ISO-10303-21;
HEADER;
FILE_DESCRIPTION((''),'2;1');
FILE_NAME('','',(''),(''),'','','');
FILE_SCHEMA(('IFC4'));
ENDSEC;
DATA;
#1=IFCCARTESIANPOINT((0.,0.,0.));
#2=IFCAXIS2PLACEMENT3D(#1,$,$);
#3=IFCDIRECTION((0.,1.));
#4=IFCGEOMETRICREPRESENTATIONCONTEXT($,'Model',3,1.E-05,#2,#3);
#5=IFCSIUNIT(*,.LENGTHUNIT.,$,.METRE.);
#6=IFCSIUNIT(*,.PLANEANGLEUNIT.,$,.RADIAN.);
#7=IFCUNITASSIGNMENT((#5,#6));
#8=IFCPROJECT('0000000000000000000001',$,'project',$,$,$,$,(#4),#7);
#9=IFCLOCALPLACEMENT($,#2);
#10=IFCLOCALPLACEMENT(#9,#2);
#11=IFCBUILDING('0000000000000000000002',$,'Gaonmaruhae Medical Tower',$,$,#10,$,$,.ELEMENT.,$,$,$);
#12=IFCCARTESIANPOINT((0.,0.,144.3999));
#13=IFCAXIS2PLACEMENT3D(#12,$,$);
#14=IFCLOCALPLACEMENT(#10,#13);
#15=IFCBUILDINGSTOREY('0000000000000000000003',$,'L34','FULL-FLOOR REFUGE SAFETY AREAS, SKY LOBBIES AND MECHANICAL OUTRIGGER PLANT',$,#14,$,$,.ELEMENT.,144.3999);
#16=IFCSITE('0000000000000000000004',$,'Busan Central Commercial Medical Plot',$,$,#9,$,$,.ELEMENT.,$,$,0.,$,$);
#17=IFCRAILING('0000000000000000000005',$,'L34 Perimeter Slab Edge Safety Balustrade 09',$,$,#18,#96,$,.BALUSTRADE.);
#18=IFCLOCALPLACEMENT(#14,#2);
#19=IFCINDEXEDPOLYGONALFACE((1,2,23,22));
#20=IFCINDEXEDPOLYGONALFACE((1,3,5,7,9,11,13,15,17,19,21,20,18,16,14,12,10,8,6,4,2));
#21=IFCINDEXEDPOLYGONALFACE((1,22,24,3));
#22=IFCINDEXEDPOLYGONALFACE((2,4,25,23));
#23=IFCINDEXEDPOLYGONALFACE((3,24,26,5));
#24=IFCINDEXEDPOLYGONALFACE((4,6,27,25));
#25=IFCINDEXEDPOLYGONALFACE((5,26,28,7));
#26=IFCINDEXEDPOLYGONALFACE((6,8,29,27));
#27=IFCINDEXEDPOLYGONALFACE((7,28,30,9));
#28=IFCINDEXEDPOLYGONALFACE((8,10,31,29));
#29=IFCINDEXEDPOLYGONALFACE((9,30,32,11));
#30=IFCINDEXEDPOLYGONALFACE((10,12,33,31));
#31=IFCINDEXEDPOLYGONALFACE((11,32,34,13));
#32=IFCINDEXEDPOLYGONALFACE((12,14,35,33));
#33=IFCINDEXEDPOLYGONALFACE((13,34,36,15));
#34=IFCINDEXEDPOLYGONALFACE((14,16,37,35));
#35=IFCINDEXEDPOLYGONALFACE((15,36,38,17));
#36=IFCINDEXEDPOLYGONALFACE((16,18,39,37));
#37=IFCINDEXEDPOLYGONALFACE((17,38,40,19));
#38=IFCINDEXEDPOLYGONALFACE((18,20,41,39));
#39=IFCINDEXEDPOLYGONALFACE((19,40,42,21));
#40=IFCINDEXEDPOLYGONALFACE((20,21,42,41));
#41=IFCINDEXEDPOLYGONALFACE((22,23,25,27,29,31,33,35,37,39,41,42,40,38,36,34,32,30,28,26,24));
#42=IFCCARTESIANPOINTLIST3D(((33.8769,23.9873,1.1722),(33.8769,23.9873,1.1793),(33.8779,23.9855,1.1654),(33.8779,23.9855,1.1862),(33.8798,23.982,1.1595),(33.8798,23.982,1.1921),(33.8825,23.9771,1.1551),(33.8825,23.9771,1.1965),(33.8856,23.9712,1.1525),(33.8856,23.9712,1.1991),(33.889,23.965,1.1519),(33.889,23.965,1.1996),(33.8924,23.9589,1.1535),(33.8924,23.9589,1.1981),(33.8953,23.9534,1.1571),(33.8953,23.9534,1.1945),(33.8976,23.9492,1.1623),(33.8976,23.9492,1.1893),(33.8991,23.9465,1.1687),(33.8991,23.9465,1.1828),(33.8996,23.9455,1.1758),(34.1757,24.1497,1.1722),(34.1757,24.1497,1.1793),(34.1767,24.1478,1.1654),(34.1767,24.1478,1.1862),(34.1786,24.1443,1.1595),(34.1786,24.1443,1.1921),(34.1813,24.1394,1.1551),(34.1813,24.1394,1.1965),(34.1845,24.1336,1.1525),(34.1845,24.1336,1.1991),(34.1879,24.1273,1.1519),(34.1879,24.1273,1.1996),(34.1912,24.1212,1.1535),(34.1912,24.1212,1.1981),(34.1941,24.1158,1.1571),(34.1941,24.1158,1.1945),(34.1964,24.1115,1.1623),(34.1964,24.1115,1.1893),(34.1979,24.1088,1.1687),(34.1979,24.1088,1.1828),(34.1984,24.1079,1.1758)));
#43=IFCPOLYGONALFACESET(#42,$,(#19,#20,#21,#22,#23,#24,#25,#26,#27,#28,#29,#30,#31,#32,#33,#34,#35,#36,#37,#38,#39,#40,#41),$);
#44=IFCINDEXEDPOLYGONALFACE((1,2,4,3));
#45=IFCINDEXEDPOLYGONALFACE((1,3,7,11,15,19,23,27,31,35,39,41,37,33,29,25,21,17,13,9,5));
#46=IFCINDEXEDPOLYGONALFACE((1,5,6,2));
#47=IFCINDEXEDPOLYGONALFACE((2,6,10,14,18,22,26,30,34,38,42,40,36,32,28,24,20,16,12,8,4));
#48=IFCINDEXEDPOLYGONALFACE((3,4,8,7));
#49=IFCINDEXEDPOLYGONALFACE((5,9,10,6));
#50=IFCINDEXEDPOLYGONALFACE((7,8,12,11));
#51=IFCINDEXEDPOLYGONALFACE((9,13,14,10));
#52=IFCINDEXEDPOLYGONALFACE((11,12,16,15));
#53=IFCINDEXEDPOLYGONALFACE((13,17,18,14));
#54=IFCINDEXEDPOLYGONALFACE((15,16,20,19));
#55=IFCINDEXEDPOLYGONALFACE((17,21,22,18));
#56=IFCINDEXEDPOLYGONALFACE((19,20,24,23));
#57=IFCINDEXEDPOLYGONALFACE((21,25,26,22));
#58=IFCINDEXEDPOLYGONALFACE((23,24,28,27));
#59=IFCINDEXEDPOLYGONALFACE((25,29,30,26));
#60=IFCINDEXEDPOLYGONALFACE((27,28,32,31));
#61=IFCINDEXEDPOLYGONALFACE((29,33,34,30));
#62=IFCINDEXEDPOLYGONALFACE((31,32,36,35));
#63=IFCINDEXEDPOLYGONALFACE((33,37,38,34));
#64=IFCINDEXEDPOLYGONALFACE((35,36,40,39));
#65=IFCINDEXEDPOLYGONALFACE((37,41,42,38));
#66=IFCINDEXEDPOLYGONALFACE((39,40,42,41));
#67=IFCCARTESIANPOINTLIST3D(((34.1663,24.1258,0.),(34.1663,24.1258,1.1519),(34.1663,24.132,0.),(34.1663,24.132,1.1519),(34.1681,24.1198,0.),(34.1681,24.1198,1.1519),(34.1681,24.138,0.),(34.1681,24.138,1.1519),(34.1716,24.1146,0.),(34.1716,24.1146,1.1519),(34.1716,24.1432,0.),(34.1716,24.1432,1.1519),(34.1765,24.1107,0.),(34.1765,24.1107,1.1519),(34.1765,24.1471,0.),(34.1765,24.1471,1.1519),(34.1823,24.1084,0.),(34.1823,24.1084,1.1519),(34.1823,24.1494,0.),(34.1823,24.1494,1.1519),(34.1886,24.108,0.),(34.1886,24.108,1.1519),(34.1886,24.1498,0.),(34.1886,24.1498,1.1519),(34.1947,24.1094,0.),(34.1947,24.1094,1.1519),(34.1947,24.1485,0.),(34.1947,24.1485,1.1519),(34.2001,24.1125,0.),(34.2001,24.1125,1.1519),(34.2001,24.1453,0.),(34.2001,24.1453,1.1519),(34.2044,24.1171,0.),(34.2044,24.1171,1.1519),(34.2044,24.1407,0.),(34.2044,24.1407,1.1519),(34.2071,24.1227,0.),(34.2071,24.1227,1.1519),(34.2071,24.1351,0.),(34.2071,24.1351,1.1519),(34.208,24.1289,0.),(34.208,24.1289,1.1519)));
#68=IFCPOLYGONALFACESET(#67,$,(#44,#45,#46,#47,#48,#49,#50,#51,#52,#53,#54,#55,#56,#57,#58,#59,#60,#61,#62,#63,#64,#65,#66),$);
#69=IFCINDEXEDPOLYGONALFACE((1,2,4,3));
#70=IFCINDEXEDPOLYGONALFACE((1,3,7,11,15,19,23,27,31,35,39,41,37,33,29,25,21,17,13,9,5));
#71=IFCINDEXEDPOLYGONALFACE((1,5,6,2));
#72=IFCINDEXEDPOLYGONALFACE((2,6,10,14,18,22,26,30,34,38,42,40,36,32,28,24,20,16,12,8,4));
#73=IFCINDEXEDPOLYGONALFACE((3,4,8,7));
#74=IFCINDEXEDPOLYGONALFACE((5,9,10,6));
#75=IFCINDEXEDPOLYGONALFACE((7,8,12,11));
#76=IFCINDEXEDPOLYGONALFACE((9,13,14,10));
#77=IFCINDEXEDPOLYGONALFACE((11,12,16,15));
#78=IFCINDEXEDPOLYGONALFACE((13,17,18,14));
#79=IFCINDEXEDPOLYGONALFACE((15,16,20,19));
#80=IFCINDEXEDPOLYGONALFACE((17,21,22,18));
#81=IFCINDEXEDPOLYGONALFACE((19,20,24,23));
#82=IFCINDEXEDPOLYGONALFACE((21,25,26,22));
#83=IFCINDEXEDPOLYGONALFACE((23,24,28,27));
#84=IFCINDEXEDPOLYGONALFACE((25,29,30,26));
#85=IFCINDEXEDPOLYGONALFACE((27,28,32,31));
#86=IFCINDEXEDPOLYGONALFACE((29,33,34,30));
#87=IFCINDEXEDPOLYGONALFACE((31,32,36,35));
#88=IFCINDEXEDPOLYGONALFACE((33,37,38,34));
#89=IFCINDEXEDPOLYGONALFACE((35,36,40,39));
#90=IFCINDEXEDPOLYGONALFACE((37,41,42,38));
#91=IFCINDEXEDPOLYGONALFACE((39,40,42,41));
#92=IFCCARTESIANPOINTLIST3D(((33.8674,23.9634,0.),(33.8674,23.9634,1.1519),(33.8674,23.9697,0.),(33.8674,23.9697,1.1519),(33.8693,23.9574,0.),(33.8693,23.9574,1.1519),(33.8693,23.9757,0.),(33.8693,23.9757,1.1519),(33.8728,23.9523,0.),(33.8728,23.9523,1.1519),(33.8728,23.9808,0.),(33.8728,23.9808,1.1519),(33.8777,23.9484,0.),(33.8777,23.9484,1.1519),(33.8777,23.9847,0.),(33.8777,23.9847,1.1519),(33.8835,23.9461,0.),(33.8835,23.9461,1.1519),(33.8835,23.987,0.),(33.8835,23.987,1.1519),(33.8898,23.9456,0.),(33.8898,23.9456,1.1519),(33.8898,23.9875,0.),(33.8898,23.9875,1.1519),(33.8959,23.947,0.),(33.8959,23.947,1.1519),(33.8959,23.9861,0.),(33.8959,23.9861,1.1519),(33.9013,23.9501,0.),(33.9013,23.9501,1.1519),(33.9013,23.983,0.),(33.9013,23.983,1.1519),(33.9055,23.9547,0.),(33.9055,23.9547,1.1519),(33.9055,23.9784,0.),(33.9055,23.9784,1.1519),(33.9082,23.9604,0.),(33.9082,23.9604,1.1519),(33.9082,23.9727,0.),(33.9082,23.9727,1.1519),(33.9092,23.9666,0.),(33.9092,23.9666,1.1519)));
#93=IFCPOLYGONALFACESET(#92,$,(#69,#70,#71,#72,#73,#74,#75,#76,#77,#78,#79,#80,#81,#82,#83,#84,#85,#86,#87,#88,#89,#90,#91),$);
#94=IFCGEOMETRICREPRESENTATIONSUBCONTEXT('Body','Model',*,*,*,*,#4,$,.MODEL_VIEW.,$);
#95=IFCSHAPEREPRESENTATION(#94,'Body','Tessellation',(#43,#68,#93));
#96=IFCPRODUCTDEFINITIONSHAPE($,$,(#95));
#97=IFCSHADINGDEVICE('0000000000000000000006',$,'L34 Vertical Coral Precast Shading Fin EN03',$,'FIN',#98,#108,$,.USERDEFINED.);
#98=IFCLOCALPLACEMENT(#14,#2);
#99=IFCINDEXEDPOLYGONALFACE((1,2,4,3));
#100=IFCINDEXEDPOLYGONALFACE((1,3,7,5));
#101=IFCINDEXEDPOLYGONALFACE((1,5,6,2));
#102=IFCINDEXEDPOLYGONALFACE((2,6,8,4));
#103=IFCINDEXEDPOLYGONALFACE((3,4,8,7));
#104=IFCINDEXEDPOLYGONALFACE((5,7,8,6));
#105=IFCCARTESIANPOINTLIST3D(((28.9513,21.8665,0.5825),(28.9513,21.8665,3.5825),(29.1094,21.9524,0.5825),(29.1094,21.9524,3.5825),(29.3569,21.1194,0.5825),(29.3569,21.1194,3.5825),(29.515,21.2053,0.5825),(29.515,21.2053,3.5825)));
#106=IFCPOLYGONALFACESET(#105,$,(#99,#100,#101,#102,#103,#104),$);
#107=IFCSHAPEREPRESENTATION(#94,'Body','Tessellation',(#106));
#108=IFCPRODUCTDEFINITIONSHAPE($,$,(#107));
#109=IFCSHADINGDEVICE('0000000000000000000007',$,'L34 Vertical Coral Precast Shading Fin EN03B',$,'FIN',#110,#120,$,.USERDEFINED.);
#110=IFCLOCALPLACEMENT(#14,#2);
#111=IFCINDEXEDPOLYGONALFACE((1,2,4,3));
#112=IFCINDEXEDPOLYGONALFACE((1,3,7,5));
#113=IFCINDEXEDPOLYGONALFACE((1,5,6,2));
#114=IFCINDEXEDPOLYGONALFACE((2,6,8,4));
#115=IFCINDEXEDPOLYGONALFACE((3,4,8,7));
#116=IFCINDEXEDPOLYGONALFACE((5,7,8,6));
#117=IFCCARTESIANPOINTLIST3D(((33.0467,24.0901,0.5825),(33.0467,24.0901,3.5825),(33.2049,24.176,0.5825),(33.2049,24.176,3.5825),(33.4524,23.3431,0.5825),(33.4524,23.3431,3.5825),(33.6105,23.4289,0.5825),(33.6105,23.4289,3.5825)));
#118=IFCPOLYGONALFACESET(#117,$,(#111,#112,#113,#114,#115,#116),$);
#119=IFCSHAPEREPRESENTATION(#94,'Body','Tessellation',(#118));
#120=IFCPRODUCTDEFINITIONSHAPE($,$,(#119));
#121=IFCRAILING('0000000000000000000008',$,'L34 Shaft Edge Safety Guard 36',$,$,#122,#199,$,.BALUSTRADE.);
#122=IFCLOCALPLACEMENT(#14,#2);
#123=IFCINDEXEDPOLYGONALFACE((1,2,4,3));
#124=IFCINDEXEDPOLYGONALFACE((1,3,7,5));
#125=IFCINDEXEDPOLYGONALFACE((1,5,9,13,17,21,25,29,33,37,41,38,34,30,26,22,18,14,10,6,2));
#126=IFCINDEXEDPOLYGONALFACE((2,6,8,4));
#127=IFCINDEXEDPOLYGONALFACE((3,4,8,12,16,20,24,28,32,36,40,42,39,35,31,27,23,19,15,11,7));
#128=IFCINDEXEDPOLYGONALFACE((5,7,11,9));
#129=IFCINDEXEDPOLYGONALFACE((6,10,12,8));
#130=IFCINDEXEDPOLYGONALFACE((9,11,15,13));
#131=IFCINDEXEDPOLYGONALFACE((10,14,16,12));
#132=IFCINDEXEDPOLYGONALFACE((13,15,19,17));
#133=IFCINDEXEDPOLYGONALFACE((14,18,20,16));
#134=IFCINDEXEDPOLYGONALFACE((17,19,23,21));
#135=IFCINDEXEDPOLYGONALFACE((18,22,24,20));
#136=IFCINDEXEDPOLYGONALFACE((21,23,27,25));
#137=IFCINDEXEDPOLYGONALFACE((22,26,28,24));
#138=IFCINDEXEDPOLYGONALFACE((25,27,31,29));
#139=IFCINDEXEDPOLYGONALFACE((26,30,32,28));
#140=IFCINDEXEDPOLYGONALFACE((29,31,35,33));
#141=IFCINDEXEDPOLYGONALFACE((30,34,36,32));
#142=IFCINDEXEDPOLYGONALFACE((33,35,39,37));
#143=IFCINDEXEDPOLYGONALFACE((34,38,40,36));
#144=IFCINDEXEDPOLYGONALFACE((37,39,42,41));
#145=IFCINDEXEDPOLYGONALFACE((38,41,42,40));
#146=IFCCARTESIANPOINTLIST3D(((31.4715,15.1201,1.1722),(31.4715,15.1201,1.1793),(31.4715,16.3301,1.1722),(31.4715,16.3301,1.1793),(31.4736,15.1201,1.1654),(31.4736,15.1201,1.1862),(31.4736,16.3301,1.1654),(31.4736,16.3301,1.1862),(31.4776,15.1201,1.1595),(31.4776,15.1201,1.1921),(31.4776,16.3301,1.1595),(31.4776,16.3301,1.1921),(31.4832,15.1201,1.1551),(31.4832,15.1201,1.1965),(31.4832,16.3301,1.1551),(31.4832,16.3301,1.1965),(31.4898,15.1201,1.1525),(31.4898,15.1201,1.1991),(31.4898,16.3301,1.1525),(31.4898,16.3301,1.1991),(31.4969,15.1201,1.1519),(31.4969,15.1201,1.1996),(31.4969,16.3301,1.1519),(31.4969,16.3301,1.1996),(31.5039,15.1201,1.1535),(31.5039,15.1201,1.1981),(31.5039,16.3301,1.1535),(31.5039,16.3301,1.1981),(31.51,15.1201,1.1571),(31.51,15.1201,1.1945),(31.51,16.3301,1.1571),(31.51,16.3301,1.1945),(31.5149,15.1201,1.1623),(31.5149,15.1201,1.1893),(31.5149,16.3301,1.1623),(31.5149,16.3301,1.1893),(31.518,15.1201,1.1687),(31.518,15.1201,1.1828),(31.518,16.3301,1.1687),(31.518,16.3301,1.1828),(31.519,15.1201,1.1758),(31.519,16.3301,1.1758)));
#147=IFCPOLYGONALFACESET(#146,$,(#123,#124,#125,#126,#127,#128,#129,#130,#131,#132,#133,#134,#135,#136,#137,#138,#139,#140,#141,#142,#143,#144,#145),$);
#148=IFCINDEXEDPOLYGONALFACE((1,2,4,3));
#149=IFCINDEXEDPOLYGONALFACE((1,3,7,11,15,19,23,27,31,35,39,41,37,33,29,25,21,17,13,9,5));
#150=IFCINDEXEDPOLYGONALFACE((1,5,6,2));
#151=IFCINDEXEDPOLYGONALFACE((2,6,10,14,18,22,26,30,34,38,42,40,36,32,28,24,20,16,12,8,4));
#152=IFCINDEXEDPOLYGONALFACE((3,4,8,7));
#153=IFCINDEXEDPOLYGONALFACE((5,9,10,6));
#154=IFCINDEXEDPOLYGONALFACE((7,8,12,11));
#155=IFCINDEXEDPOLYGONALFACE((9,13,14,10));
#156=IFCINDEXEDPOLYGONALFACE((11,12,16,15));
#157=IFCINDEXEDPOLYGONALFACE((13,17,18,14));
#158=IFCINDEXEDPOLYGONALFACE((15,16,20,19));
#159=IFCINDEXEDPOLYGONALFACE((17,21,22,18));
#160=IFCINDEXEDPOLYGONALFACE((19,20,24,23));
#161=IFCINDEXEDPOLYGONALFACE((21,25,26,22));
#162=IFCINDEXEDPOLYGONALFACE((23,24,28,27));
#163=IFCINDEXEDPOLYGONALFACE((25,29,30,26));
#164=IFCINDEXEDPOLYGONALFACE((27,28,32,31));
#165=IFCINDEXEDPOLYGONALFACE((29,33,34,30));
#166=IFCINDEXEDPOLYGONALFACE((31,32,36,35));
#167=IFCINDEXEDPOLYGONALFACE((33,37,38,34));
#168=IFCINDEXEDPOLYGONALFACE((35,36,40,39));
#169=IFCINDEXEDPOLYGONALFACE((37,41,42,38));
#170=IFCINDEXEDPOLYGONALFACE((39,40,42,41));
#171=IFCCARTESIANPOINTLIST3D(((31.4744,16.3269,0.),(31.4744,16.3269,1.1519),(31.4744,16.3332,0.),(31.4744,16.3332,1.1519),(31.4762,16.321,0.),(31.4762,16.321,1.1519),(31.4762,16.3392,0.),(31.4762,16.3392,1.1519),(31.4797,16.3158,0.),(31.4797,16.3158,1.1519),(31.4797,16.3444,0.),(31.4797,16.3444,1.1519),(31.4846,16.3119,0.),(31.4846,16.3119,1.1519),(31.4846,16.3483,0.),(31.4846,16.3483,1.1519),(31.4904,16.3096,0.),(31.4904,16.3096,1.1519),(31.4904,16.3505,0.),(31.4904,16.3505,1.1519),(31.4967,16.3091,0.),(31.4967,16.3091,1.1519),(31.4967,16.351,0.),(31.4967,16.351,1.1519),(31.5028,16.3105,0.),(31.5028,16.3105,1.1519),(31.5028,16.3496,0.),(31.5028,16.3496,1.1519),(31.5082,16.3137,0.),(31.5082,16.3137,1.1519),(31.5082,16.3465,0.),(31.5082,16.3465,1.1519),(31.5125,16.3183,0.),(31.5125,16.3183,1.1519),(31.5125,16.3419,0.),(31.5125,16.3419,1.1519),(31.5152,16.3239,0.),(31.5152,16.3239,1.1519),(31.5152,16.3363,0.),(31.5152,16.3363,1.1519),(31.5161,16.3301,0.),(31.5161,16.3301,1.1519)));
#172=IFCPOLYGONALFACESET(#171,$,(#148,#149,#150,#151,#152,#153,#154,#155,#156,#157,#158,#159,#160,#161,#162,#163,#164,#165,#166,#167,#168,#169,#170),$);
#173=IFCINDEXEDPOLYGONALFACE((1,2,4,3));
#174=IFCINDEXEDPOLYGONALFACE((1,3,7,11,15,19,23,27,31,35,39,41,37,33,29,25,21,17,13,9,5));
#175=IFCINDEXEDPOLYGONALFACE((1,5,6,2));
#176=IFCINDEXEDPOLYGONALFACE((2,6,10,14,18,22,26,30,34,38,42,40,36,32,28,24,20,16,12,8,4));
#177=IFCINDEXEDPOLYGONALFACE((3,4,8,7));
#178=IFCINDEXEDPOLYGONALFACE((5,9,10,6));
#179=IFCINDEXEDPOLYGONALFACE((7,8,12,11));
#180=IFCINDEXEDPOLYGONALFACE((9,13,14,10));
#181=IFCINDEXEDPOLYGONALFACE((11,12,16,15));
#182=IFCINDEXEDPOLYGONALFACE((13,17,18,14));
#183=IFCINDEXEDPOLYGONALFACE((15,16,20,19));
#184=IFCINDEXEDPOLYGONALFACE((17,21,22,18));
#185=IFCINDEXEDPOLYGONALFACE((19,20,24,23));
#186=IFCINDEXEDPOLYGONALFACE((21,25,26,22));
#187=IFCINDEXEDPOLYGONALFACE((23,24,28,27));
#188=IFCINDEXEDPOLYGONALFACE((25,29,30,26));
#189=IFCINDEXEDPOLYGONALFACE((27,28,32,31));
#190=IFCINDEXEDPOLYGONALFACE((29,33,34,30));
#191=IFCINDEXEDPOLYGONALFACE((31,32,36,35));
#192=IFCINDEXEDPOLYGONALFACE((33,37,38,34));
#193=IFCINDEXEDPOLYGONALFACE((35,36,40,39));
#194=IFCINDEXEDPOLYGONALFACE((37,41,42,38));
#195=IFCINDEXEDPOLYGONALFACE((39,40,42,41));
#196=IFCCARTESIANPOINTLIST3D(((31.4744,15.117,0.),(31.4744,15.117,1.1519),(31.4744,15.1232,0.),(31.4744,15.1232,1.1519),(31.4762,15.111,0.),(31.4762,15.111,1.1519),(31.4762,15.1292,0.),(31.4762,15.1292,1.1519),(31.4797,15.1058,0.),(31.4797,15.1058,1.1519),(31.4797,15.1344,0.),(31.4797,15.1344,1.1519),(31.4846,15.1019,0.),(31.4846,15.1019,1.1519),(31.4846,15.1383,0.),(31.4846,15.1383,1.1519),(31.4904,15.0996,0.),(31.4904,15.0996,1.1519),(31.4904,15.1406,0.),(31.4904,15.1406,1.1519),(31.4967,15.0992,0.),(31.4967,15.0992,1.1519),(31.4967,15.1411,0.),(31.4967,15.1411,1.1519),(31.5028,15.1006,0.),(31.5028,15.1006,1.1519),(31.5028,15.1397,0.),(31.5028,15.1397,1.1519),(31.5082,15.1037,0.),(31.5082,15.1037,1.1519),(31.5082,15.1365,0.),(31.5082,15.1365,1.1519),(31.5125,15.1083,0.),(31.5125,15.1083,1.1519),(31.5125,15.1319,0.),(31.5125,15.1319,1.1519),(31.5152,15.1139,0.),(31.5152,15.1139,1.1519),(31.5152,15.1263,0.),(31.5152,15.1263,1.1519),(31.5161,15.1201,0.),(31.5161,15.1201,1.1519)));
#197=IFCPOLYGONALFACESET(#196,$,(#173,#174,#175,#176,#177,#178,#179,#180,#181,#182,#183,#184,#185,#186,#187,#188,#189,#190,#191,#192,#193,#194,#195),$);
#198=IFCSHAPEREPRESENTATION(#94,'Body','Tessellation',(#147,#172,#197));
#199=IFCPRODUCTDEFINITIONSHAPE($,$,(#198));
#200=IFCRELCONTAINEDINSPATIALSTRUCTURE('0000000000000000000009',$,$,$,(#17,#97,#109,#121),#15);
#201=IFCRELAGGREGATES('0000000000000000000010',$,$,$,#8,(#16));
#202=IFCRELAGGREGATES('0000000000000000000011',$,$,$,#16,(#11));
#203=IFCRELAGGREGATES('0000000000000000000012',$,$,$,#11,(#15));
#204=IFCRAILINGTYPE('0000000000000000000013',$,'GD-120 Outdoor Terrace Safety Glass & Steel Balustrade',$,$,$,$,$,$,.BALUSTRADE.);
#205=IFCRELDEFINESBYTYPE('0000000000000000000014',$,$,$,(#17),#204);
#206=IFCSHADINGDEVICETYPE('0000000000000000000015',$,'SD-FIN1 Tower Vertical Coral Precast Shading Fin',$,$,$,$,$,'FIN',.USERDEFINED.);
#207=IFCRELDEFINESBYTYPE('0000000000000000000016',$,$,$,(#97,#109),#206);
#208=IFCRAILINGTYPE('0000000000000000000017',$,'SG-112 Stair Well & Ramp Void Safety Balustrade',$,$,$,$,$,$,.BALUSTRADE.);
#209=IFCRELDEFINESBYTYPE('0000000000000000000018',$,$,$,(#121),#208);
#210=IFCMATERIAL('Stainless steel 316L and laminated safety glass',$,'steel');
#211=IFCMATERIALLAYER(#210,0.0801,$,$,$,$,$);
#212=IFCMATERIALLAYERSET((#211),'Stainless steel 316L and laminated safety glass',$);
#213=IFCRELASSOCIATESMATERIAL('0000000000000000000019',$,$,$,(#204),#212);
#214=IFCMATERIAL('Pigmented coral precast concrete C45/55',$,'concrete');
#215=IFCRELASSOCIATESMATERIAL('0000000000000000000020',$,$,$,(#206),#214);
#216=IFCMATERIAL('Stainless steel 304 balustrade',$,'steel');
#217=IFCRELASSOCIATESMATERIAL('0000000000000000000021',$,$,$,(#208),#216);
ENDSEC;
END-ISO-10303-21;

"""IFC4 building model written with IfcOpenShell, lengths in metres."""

from ifc_helpers import new_model, si_unit, direction, frame, origin, origin_2d, place, context, subcontext, project, spatial, rectangle, circle, extrude, material, layer, layer_set, type_object, element, save


model = new_model("IFC4")

# Units and contexts
model_context = context("Model", 3, precision=1e-05, world=origin(), true_north=direction((0.0, 1.0)))
body_context = subcontext(model_context, "Body", "Model", "MODEL_VIEW")
ifc_project = project(units=[si_unit("LENGTHUNIT", "METRE"), si_unit("PLANEANGLEUNIT", "RADIAN")], contexts=[model_context])

# Site, building, storey
site_placement = place(None, origin())
site = spatial("IfcSite", under=ifc_project, at=site_placement, Name="Busan Central Commercial Medical Plot", CompositionType="ELEMENT", RefElevation=0.0)
building_placement = place(site_placement, origin())
building = spatial("IfcBuilding", under=site, at=building_placement, Name="Gaonmaruhae Medical Tower", CompositionType="ELEMENT")
storey_placement = place(building_placement, frame((0.0, 0.0, 144.3999)))
storey = spatial("IfcBuildingStorey", under=building, at=storey_placement, Name="L34", Description="FULL-FLOOR REFUGE SAFETY AREAS, SKY LOBBIES AND MECHANICAL OUTRIGGER PLANT", CompositionType="ELEMENT", Elevation=144.3999)

# Railing
ifc_material_1 = material(Name="Stainless steel 316L and laminated safety glass", Category="steel")
ifc_layer_1 = layer(ifc_material_1, 0.0801)
ifc_layer_set_1 = layer_set([ifc_layer_1], Name="Stainless steel 316L and laminated safety glass")
railing_type_1 = type_object("IfcRailingType", Name="GD-120 Outdoor Terrace Safety Glass & Steel Balustrade", PredefinedType="BALUSTRADE", material=ifc_layer_set_1)
railing_1_placement = place(storey_placement, frame((34.187, 24.1289, 0.0)))
element("IfcRailing", 1, at=railing_1_placement, inside=storey, type_object=railing_type_1, Name="L34 Perimeter Slab Edge Safety Balustrade 09", PredefinedType="BALUSTRADE", context=body_context, shape_type="SweptSolid", body=[
    extrude(circle(Radius=0.0239, at=origin_2d()), frame((0.0, 0.0, 1.1758), z_axis=(-0.87869, -0.477393, 0.0), x_axis=(0.477393, -0.87869, 0.0)), (0.0, 0.0, 1.0), 0.3401),
    extrude(circle(Radius=0.021, at=origin_2d()), origin(), (0.0, 0.0, 1.0), 1.1519),
    extrude(circle(Radius=0.021, at=origin_2d()), frame((-0.2988, -0.1624, 0.0)), (0.0, 0.0, 1.0), 1.1519),
])

# Shading devices
ifc_material_2 = material(Name="Pigmented coral precast concrete C45/55", Category="concrete")
shading_device_type = type_object("IfcShadingDeviceType", Name="SD-FIN1 Tower Vertical Coral Precast Shading Fin", ElementType="FIN", PredefinedType="USERDEFINED", material=ifc_material_2)
for number, where, z_axis, x_axis, name in (
    (2, (29.2332, 21.5359, 0.5825), (0.0, 0.0, 1.0), (0.878817, 0.477159, 0.0), "L34 Vertical Coral Precast Shading Fin EN03"),
    (3, (33.3286, 23.7595, 0.5825), (0.0, 0.0, 1.0), (0.878817, 0.477159, 0.0), "L34 Vertical Coral Precast Shading Fin EN03B"),
):
    element("IfcShadingDevice", number, at=place(storey_placement, frame(where, z_axis=z_axis, x_axis=x_axis)), inside=storey, type_object=shading_device_type, Name=name, ObjectType="FIN", PredefinedType="USERDEFINED", context=body_context, shape_type="SweptSolid", body=[
        extrude(rectangle(XDim=0.1799, YDim=0.8501, at=origin_2d()), origin(), (0.0, 0.0, 1.0), 3.0),
    ])

# Railing
ifc_material_3 = material(Name="Stainless steel 304 balustrade", Category="steel")
railing_type_2 = type_object("IfcRailingType", Name="SG-112 Stair Well & Ramp Void Safety Balustrade", PredefinedType="BALUSTRADE", material=ifc_material_3)
railing_2_placement = place(storey_placement, frame((31.4951, 16.3301, 0.0)))
element("IfcRailing", 4, at=railing_2_placement, inside=storey, type_object=railing_type_2, Name="L34 Shaft Edge Safety Guard 36", PredefinedType="BALUSTRADE", context=body_context, shape_type="SweptSolid", body=[
    extrude(circle(Radius=0.0239, at=origin_2d()), frame((0.0, 0.0, 1.1758), z_axis=(0.0, -1.0, 0.0), x_axis=(1.0, 0.0, 0.0)), (0.0, 0.0, 1.0), 1.21),
    extrude(circle(Radius=0.021, at=origin_2d()), origin(), (0.0, 0.0, 1.0), 1.1519),
    extrude(circle(Radius=0.021, at=origin_2d()), frame((0.0, -1.21, 0.0)), (0.0, 0.0, 1.0), 1.1519),
])

save(model, "model.ifc")
